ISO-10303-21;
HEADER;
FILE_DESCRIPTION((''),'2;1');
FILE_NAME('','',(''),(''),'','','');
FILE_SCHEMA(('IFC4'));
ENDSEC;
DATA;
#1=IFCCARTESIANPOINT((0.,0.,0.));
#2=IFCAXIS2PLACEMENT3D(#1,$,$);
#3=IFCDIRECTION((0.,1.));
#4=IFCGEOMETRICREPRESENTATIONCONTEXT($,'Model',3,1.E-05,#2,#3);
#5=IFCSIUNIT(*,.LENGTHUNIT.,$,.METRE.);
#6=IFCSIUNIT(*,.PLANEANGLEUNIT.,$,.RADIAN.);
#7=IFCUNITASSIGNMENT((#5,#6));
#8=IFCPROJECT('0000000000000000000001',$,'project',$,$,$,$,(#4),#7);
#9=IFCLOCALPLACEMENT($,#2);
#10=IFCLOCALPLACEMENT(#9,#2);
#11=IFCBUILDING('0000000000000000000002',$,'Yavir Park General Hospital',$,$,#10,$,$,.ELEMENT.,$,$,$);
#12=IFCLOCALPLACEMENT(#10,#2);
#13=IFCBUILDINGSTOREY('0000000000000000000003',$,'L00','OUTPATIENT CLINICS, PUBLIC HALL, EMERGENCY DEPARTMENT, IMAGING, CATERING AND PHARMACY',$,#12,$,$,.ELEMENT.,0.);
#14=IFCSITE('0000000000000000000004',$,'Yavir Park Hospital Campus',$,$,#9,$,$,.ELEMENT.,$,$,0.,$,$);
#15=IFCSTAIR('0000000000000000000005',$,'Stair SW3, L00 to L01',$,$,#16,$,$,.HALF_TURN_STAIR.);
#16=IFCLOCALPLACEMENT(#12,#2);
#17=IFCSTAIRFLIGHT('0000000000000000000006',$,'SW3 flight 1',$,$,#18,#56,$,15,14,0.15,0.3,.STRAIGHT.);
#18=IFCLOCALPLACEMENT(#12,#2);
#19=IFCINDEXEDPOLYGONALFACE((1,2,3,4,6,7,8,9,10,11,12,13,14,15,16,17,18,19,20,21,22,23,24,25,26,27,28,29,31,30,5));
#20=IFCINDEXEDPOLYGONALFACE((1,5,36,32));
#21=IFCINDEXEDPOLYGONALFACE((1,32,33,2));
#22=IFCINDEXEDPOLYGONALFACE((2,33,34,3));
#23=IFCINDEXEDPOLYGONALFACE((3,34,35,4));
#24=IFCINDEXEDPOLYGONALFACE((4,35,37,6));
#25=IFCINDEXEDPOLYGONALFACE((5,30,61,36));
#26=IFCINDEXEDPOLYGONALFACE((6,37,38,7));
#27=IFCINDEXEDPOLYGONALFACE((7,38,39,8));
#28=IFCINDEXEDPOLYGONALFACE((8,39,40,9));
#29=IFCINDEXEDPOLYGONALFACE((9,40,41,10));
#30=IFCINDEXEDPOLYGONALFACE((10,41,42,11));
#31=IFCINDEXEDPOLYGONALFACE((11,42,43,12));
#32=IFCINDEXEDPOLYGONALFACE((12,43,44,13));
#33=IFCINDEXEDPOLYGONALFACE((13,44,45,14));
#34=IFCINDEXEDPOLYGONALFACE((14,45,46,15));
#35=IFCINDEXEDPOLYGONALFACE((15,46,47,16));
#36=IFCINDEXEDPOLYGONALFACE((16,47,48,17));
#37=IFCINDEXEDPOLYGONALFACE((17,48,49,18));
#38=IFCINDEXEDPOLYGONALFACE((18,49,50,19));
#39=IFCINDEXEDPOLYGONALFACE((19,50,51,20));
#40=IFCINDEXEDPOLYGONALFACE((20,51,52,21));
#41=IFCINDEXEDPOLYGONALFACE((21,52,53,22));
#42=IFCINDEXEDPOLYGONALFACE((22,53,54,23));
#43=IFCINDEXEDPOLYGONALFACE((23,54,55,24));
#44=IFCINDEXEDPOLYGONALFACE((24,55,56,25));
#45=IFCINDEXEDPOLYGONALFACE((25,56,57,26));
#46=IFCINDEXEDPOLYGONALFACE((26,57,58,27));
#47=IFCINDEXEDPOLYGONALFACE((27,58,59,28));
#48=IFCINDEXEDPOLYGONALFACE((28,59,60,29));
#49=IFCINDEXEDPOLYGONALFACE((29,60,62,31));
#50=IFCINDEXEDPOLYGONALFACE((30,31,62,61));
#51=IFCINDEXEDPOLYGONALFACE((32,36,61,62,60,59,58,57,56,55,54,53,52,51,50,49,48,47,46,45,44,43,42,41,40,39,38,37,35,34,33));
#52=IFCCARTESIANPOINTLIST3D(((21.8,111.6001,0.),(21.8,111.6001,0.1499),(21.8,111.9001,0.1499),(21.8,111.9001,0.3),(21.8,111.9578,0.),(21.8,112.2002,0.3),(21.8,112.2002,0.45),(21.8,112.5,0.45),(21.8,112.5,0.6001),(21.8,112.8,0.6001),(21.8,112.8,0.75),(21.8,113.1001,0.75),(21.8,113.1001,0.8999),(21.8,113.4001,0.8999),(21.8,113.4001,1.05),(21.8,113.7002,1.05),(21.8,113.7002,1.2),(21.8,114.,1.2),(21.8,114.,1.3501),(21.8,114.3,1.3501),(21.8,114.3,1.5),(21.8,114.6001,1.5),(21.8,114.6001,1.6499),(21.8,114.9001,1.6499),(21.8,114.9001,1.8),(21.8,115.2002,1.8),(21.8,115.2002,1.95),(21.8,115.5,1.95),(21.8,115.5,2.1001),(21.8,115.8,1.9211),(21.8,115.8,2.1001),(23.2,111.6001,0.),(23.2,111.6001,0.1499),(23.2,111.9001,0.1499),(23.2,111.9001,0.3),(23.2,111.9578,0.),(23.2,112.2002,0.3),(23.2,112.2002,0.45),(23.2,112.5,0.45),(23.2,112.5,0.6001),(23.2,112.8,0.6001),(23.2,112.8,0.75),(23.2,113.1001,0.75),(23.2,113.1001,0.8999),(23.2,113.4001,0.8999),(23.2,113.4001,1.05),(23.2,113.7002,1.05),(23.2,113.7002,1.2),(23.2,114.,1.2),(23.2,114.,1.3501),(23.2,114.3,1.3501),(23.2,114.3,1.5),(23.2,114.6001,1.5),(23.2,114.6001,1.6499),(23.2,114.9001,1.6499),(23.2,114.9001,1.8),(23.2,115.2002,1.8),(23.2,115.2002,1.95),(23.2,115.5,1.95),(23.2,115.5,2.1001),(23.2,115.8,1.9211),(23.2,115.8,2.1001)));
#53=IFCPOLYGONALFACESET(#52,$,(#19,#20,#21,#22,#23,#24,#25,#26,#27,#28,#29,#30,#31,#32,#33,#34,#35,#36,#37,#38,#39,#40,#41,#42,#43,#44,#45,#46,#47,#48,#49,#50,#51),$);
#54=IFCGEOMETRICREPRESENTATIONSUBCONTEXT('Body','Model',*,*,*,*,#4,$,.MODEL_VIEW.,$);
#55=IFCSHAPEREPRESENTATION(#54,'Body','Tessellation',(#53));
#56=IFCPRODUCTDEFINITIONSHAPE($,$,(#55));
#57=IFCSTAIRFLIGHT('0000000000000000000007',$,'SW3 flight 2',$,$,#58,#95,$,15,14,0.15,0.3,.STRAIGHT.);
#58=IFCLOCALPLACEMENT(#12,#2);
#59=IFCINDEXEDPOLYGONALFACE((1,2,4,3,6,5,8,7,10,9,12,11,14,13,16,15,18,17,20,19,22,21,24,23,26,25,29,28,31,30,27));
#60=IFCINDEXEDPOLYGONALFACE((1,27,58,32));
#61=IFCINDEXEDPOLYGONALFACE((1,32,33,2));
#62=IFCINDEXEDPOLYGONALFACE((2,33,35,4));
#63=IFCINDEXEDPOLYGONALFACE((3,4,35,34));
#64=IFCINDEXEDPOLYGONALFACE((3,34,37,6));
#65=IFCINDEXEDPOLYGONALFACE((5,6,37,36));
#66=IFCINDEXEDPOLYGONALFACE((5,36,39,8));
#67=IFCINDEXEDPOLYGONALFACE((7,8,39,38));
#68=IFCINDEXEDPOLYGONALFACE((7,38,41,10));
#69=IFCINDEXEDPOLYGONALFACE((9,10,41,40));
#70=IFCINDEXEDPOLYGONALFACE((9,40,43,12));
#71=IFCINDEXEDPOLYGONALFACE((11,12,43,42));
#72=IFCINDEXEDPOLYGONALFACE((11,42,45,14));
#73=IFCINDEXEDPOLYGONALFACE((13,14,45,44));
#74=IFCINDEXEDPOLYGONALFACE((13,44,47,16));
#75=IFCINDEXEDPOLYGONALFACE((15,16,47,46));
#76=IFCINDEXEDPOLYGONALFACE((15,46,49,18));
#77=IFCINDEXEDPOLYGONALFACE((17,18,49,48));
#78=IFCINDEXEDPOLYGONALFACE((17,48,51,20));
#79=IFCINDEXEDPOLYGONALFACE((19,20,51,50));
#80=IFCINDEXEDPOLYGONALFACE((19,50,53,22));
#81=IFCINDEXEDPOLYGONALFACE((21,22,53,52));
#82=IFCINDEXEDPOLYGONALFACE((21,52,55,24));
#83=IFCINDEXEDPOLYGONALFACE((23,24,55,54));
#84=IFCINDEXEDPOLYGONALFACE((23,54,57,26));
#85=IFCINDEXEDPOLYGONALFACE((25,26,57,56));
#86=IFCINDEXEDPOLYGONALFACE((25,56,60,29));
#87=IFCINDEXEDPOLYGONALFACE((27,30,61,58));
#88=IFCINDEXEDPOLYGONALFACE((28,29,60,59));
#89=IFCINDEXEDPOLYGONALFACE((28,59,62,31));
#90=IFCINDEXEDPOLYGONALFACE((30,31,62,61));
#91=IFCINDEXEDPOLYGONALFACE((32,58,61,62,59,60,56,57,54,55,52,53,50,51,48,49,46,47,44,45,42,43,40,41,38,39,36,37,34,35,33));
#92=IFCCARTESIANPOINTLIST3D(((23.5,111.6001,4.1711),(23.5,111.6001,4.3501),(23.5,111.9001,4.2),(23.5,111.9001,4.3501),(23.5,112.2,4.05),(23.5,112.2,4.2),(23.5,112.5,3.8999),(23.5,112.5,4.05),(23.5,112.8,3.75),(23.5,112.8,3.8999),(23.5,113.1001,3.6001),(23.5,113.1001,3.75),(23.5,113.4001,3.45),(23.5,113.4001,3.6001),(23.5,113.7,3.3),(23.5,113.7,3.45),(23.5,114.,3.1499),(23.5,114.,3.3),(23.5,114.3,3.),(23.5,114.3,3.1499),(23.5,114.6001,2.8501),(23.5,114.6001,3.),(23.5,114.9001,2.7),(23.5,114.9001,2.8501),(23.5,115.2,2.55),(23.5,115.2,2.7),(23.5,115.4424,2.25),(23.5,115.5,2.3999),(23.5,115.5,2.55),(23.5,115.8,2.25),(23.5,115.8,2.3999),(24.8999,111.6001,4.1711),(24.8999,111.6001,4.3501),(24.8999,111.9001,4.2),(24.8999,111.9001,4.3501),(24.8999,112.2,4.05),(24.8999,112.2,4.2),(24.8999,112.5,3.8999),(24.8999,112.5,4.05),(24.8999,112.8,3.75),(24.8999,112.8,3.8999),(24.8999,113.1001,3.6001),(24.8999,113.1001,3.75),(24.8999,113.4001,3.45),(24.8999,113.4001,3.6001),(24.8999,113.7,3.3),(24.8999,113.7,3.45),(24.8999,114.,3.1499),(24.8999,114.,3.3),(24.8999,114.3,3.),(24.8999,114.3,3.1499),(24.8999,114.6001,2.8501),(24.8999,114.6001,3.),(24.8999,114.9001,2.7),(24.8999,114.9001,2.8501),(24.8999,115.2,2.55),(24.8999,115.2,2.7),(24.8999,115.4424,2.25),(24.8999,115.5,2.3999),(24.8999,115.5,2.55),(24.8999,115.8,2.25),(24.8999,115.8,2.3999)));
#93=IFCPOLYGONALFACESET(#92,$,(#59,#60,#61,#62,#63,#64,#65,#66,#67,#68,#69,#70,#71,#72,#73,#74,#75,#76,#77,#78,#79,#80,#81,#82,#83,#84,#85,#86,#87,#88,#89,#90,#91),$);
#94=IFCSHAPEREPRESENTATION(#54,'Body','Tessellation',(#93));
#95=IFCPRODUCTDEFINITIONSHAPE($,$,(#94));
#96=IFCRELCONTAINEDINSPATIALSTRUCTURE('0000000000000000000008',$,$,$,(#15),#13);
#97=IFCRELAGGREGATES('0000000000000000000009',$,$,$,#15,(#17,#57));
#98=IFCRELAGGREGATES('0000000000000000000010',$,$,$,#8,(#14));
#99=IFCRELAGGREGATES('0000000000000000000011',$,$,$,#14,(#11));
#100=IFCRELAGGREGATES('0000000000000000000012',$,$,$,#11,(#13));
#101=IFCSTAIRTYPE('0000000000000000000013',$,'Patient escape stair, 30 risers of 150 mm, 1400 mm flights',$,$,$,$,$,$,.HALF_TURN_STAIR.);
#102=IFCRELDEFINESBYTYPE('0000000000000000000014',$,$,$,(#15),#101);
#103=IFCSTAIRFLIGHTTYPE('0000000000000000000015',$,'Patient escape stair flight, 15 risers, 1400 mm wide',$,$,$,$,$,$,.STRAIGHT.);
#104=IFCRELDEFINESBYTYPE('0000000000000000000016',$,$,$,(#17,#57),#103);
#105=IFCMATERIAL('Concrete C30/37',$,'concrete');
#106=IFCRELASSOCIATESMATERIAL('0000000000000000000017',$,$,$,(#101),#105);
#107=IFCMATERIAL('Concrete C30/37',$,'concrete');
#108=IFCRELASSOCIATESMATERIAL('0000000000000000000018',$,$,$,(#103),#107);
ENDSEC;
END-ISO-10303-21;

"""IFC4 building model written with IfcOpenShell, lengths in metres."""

from ifc_helpers import new_model, si_unit, direction, frame, origin, place, context, subcontext, project, spatial, polyline, outline, extrude, material, type_object, element, aggregate, save


model = new_model("IFC4")

# Units and contexts
model_context = context("Model", 3, precision=1e-05, world=origin(), true_north=direction((0.0, 1.0)))
body_context = subcontext(model_context, "Body", "Model", "MODEL_VIEW")
ifc_project = project(units=[si_unit("LENGTHUNIT", "METRE"), si_unit("PLANEANGLEUNIT", "RADIAN")], contexts=[model_context])

# Site, building, storey
site_placement = place(None, origin())
site = spatial("IfcSite", under=ifc_project, at=site_placement, Name="Yavir Park Hospital Campus", CompositionType="ELEMENT", RefElevation=0.0)
building_placement = place(site_placement, origin())
building = spatial("IfcBuilding", under=site, at=building_placement, Name="Yavir Park General Hospital", CompositionType="ELEMENT")
storey_placement = place(building_placement, origin())
storey = spatial("IfcBuildingStorey", under=building, at=storey_placement, Name="L00", Description="OUTPATIENT CLINICS, PUBLIC HALL, EMERGENCY DEPARTMENT, IMAGING, CATERING AND PHARMACY", CompositionType="ELEMENT", Elevation=0.0)

# Stair, stair flights
ifc_material_1 = material(Name="Concrete C30/37", Category="concrete")
stair_type = type_object("IfcStairType", Name="Patient escape stair, 30 risers of 150 mm, 1400 mm flights", PredefinedType="HALF_TURN_STAIR", material=ifc_material_1)
stair_placement = place(storey_placement, origin())
stair = element("IfcStair", 1, at=stair_placement, inside=storey, type_object=stair_type, Name="Stair SW3, L00 to L01", PredefinedType="HALF_TURN_STAIR")
ifc_material_2 = material(Name="Concrete C30/37", Category="concrete")
stair_flight_type = type_object("IfcStairFlightType", Name="Patient escape stair flight, 15 risers, 1400 mm wide", PredefinedType="STRAIGHT", material=ifc_material_2)
stair_flight_1_placement = place(storey_placement, frame((22.5, 111.6001, 0.0), z_axis=(0.0, 0.0, 1.0), x_axis=(0.0, 1.0, 0.0)))
stair_flight_1 = element("IfcStairFlight", 2, at=stair_flight_1_placement, type_object=stair_flight_type, Name="SW3 flight 1", NumberOfRisers=15, NumberOfTreads=14, PredefinedType="STRAIGHT", RiserHeight=0.15, TreadLength=0.3, context=body_context, shape_type="SweptSolid", body=[
    extrude(outline(polyline([(0.0, 0.0), (0.0, 0.1499), (0.3, 0.1499), (0.3, 0.3), (0.6001, 0.3), (0.6001, 0.45), (0.8999, 0.45), (0.8999, 0.6001), (1.2, 0.6001), (1.2, 0.75), (1.5, 0.75), (1.5, 0.8999), (1.8, 0.8999), (1.8, 1.05), (2.1001, 1.05), (2.1001, 1.2), (2.3999, 1.2), (2.3999, 1.3501), (2.7, 1.3501), (2.7, 1.5), (3.0, 1.5), (3.0, 1.6499), (3.3, 1.6499), (3.3, 1.8), (3.6001, 1.8), (3.6001, 1.95), (3.8999, 1.95), (3.8999, 2.1001), (4.2, 2.1001), (4.2, 2.25), (4.2, 1.9211), (0.3577, 0.0), (0.0, 0.0)])), frame((0.0, 0.7, 0.0), z_axis=(0.0, -1.0, 0.0), x_axis=(1.0, 0.0, 0.0)), (0.0, 0.0, 1.0), 1.3999),
])
stair_flight_2_placement = place(storey_placement, frame((24.2, 115.8, 2.25), z_axis=(0.0, 0.0, 1.0), x_axis=(0.0, -1.0, 0.0)))
stair_flight_2 = element("IfcStairFlight", 3, at=stair_flight_2_placement, type_object=stair_flight_type, Name="SW3 flight 2", NumberOfRisers=15, NumberOfTreads=14, PredefinedType="STRAIGHT", RiserHeight=0.15, TreadLength=0.3, context=body_context, shape_type="SweptSolid", body=[
    extrude(outline(polyline([(0.0, 0.0), (0.0, 0.1499), (0.3, 0.1499), (0.3, 0.3), (0.6001, 0.3), (0.6001, 0.45), (0.8999, 0.45), (0.8999, 0.6001), (1.2, 0.6001), (1.2, 0.75), (1.5, 0.75), (1.5, 0.8999), (1.8, 0.8999), (1.8, 1.05), (2.1001, 1.05), (2.1001, 1.2), (2.3999, 1.2), (2.3999, 1.3501), (2.7, 1.3501), (2.7, 1.5), (3.0, 1.5), (3.0, 1.6499), (3.3, 1.6499), (3.3, 1.8), (3.6001, 1.8), (3.6001, 1.95), (3.8999, 1.95), (3.8999, 2.1001), (4.2, 2.1001), (4.2, 2.25), (4.2, 1.9211), (0.3577, 0.0), (0.0, 0.0)])), frame((0.0, 0.7, 0.0), z_axis=(0.0, -1.0, 0.0), x_axis=(1.0, 0.0, 0.0)), (0.0, 0.0, 1.0), 1.3999),
])
aggregate(stair, [stair_flight_1, stair_flight_2])

save(model, "model.ifc")
